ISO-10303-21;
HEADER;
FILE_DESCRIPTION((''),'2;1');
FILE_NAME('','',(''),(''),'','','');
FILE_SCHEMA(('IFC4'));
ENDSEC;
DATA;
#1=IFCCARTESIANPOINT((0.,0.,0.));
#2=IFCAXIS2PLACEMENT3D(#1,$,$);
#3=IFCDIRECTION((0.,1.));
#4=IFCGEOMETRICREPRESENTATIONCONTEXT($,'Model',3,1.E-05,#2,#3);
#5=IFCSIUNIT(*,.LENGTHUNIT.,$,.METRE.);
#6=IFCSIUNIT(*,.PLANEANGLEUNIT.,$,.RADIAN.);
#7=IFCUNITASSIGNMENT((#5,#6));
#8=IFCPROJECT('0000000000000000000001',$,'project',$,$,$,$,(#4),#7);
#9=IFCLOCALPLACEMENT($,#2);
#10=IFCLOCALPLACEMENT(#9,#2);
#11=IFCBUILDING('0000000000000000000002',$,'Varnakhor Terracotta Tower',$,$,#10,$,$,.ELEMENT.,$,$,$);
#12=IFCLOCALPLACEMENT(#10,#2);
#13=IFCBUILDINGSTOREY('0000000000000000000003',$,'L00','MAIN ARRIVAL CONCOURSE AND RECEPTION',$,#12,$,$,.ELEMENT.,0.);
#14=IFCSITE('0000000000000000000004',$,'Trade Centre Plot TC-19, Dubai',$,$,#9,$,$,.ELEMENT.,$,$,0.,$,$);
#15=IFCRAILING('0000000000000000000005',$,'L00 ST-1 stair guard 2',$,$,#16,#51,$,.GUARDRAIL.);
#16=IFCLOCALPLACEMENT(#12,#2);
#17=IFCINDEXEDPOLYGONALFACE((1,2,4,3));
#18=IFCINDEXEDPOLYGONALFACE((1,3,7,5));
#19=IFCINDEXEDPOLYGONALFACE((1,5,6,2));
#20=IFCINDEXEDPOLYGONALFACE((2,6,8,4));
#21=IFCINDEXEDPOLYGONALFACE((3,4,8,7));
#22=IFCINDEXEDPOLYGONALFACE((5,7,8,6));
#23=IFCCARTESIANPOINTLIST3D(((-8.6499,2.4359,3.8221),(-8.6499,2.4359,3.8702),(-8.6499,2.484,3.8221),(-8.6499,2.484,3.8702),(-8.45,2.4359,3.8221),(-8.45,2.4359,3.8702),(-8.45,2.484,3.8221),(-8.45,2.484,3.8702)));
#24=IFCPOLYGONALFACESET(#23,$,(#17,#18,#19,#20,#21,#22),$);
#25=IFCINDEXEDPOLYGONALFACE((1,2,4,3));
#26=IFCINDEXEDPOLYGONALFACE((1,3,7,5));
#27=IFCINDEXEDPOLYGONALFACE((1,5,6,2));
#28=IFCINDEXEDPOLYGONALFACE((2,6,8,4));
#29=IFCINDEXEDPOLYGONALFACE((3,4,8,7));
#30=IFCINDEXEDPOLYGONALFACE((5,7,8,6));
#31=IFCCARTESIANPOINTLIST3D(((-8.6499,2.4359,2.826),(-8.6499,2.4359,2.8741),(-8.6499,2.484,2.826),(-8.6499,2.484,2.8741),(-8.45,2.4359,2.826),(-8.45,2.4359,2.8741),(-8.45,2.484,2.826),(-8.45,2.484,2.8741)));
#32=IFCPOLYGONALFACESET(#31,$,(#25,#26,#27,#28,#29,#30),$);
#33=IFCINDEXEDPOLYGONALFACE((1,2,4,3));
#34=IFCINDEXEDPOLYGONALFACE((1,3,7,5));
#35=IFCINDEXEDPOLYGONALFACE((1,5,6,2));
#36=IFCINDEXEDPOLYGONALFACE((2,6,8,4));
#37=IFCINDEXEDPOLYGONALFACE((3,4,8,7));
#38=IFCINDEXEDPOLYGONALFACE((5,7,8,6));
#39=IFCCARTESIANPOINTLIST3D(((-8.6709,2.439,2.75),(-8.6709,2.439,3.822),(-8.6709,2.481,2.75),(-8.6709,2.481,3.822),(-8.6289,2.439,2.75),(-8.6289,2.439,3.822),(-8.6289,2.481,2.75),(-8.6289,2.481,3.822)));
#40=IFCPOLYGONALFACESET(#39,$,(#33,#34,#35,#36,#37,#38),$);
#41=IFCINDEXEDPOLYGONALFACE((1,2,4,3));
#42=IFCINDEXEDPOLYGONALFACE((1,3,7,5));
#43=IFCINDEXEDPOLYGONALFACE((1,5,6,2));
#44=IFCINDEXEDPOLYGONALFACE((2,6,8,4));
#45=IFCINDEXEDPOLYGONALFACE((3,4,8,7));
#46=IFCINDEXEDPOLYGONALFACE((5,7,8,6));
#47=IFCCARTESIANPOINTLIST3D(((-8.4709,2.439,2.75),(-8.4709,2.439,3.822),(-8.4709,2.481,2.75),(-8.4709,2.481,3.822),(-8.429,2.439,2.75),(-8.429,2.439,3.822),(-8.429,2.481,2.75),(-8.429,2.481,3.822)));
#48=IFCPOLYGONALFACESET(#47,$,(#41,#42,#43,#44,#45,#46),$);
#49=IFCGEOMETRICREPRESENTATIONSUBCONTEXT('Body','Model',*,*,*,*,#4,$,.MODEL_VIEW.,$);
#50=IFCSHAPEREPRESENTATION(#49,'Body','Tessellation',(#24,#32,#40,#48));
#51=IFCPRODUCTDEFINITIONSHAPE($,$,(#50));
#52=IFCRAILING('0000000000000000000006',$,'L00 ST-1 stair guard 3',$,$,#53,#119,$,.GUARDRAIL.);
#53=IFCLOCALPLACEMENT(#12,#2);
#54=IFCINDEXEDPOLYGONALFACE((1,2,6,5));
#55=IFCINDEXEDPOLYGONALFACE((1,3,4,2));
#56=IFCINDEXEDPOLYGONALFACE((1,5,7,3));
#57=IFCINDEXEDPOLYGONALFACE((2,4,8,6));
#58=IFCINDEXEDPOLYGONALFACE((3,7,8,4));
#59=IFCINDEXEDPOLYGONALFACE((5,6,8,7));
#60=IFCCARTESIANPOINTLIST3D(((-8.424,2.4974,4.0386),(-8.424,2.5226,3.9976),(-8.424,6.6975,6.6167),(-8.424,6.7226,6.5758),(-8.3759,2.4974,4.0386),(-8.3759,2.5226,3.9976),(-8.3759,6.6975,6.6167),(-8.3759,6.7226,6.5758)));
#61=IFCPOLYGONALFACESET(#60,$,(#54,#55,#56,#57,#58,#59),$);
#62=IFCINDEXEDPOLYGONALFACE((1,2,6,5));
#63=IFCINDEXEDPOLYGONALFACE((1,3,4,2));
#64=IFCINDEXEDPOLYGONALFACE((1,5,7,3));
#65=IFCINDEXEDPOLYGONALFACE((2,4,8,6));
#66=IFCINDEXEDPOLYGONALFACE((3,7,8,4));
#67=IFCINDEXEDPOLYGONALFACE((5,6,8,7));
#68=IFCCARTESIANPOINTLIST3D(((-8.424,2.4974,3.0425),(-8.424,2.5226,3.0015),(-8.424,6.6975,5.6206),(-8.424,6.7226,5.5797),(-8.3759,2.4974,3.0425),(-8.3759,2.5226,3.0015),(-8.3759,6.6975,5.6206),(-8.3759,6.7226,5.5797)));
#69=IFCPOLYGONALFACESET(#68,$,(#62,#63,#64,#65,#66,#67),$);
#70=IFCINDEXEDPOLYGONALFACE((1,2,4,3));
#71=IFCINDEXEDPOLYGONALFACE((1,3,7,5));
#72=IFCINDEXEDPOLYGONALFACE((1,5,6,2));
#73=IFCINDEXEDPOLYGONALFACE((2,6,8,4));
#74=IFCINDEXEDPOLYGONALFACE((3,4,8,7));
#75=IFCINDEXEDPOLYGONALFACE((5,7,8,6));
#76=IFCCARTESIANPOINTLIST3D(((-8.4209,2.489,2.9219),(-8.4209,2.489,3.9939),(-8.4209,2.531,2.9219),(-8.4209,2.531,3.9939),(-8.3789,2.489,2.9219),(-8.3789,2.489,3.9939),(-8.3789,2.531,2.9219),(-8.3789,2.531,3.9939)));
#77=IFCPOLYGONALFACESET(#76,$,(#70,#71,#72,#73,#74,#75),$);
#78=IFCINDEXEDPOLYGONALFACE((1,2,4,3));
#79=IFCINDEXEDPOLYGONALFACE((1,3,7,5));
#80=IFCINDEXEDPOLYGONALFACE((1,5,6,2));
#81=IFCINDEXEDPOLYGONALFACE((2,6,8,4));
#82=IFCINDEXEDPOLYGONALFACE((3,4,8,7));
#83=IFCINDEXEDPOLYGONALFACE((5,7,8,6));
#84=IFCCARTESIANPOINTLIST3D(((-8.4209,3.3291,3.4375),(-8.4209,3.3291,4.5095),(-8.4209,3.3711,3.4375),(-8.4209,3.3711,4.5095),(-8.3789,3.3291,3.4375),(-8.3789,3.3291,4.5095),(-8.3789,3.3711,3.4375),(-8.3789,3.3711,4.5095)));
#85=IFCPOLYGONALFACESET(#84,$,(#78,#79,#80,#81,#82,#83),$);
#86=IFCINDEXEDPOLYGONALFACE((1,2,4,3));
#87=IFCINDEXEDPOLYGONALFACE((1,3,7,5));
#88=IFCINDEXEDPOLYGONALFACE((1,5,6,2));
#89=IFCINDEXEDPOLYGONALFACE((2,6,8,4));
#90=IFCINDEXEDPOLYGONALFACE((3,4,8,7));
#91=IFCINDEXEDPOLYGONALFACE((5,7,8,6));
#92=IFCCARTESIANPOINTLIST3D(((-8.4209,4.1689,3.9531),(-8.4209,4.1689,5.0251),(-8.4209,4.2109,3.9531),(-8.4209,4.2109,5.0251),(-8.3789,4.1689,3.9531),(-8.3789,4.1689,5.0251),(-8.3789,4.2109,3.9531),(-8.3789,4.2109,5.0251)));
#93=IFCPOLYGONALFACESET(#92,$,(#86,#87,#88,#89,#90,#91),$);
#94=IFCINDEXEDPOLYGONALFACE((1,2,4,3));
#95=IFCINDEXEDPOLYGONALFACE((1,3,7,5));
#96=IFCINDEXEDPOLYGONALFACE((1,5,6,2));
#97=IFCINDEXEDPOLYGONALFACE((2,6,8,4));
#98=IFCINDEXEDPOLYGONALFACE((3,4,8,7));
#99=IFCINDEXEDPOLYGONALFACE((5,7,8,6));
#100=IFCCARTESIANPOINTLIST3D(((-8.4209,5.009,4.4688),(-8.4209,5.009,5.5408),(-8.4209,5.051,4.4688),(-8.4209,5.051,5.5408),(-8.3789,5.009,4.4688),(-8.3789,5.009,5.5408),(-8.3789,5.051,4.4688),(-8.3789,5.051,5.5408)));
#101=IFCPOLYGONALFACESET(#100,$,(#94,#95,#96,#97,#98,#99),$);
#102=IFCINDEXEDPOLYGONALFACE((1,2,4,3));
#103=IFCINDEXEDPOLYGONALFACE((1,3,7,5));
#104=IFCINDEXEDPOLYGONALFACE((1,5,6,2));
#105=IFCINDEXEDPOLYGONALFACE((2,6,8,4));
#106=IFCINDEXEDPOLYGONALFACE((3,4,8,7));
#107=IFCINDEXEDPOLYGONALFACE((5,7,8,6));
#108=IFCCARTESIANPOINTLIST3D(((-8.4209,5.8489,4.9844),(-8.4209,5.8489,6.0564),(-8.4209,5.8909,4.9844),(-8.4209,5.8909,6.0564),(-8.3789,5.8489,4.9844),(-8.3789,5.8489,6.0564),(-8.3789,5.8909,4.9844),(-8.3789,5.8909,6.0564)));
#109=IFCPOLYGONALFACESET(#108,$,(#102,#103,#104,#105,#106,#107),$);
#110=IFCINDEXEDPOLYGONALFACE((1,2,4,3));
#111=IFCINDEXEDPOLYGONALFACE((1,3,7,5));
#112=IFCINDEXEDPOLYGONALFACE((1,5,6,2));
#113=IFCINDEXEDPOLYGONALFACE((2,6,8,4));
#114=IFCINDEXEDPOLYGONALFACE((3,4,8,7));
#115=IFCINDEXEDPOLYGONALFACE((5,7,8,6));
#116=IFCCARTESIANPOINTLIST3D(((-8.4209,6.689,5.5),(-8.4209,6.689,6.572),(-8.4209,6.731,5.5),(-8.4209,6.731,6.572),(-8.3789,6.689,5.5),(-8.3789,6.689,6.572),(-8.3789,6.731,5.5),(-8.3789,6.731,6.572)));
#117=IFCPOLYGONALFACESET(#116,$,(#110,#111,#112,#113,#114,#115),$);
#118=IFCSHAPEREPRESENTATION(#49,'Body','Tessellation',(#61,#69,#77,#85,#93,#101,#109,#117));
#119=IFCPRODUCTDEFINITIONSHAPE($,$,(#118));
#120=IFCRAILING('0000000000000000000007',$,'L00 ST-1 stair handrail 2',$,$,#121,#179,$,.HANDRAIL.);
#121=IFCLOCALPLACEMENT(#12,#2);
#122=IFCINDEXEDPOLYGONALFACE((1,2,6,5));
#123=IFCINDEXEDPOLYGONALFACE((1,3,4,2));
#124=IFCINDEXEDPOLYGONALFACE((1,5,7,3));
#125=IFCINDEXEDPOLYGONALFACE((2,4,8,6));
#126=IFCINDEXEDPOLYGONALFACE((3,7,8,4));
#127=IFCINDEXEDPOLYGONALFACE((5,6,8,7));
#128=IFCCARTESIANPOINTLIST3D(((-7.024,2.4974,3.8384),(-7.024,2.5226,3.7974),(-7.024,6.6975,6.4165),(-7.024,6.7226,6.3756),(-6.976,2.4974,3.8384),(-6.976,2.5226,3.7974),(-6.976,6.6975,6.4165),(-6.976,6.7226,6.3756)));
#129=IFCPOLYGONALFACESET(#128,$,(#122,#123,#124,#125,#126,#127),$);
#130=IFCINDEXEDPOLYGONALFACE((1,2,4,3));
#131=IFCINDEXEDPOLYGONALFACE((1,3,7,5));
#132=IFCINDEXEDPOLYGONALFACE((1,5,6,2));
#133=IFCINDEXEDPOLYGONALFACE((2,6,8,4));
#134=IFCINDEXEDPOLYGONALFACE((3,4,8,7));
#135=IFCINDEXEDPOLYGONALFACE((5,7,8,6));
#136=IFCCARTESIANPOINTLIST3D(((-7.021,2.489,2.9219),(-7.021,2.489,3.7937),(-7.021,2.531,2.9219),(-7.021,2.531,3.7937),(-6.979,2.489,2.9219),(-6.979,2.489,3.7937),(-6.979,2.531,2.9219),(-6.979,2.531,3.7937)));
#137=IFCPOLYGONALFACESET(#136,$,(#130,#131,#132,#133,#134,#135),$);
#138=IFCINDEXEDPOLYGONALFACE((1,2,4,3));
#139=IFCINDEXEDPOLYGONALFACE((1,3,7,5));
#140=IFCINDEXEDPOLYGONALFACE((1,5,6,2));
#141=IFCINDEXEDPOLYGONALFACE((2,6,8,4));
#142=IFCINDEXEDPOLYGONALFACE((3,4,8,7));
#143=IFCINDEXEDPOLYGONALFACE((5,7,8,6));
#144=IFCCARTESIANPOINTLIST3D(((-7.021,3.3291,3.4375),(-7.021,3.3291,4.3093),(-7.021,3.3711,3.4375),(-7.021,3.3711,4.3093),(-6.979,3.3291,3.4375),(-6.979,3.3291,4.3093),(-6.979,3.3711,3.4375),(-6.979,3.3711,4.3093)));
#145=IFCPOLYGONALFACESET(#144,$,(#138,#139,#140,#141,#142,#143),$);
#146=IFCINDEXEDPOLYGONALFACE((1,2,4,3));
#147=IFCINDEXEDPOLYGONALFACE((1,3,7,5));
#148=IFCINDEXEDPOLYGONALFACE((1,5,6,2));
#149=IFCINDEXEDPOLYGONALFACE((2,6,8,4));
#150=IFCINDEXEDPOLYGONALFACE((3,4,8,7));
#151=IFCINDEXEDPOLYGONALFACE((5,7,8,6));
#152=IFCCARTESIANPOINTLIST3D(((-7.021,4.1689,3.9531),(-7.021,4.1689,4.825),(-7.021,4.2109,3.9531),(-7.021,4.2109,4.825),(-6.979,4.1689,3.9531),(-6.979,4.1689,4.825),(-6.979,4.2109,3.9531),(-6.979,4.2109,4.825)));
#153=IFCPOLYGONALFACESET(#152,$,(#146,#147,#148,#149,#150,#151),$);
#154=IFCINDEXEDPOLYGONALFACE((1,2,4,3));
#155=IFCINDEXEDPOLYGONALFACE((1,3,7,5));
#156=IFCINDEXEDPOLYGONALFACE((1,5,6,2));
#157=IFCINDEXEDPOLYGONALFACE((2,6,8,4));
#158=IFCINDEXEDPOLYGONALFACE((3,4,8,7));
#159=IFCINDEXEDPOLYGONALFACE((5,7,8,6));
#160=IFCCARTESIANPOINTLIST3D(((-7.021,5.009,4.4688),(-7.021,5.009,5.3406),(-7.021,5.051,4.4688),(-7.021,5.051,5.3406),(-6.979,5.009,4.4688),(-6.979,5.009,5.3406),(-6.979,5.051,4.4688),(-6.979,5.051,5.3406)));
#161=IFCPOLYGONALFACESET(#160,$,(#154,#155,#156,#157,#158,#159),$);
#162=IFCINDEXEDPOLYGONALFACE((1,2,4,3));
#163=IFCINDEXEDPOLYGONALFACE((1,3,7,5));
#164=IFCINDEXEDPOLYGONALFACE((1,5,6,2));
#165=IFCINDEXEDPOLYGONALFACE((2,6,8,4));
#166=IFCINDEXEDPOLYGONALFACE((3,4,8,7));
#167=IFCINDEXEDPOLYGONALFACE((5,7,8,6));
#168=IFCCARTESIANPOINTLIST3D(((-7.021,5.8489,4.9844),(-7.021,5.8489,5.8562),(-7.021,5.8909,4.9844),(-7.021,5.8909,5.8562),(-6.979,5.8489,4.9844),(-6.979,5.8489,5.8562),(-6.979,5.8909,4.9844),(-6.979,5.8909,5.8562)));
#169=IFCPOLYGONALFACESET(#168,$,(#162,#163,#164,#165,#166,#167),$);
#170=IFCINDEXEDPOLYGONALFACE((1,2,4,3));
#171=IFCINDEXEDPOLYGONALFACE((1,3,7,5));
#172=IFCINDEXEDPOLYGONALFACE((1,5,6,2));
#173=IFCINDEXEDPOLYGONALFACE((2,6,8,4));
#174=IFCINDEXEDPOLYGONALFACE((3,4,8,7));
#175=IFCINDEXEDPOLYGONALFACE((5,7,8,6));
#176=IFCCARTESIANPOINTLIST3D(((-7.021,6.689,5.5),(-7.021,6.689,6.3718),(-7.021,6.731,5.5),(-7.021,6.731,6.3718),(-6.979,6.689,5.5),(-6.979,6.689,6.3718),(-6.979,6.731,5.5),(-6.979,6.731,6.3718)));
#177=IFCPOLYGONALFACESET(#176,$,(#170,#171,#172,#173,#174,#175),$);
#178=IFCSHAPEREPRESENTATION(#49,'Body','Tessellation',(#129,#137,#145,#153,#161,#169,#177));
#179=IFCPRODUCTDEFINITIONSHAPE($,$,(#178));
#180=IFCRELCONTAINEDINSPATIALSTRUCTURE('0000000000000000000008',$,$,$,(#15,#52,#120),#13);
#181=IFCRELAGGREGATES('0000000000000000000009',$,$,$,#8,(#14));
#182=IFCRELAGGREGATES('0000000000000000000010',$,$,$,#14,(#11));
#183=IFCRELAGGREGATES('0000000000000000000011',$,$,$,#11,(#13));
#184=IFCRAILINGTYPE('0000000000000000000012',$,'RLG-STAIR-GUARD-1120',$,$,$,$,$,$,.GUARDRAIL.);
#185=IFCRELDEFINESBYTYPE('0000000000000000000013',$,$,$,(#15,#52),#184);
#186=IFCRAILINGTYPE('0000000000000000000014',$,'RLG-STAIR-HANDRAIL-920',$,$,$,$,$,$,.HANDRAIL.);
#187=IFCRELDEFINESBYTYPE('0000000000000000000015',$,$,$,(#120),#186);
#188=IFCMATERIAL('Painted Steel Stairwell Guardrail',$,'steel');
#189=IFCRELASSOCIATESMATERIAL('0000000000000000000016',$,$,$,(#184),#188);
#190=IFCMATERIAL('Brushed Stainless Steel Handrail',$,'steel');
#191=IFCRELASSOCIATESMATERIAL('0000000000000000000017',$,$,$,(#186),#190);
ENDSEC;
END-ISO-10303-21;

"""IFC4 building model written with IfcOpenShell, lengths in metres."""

from ifc_helpers import new_model, si_unit, direction, frame, origin, origin_2d, place, context, subcontext, project, spatial, rectangle, extrude, material, type_object, element, save


model = new_model("IFC4")

# Units and contexts
model_context = context("Model", 3, precision=1e-05, world=origin(), true_north=direction((0.0, 1.0)))
body_context = subcontext(model_context, "Body", "Model", "MODEL_VIEW")
ifc_project = project(units=[si_unit("LENGTHUNIT", "METRE"), si_unit("PLANEANGLEUNIT", "RADIAN")], contexts=[model_context])

# Site, building, storey
site_placement = place(None, origin())
site = spatial("IfcSite", under=ifc_project, at=site_placement, Name="Trade Centre Plot TC-19, Dubai", CompositionType="ELEMENT", RefElevation=0.0)
building_placement = place(site_placement, origin())
building = spatial("IfcBuilding", under=site, at=building_placement, Name="Varnakhor Terracotta Tower", CompositionType="ELEMENT")
storey_placement = place(building_placement, origin())
storey = spatial("IfcBuildingStorey", under=building, at=storey_placement, Name="L00", Description="MAIN ARRIVAL CONCOURSE AND RECEPTION", CompositionType="ELEMENT", Elevation=0.0)

# Railings
ifc_material_1 = material(Name="Painted Steel Stairwell Guardrail", Category="steel")
railing_type_1 = type_object("IfcRailingType", Name="RLG-STAIR-GUARD-1120", PredefinedType="GUARDRAIL", material=ifc_material_1)
railing_1_placement = place(storey_placement, frame((-8.6499, 2.46, 2.75)))
element("IfcRailing", 1, at=railing_1_placement, inside=storey, type_object=railing_type_1, Name="L00 ST-1 stair guard 2", PredefinedType="GUARDRAIL", context=body_context, shape_type="SweptSolid", body=[
    extrude(rectangle(XDim=0.0481, YDim=0.0481, at=origin_2d()), frame((0.0, 0.0, 1.0962), z_axis=(1.0, 0.0, 0.0), x_axis=(0.0, 1.0, 0.0)), (0.0, 0.0, 1.0), 0.2),
    extrude(rectangle(XDim=0.0481, YDim=0.0481, at=origin_2d()), frame((0.0, 0.0, 0.1001), z_axis=(1.0, 0.0, 0.0), x_axis=(0.0, 1.0, 0.0)), (0.0, 0.0, 1.0), 0.2),
    extrude(rectangle(XDim=0.042, YDim=0.042, at=origin_2d()), origin(), (0.0, 0.0, 1.0), 1.072),
    extrude(rectangle(XDim=0.042, YDim=0.042, at=origin_2d()), frame((0.2, 0.0, 0.0)), (0.0, 0.0, 1.0), 1.072),
])
railing_2_placement = place(storey_placement, frame((-8.3999, 2.51, 2.9219)))
element("IfcRailing", 2, at=railing_2_placement, inside=storey, type_object=railing_type_1, Name="L00 ST-1 stair guard 3", PredefinedType="GUARDRAIL", context=body_context, shape_type="SweptSolid", body=[
    extrude(rectangle(XDim=0.0481, YDim=0.0481, at=origin_2d()), frame((0.0, 0.0, 1.0962), z_axis=(0.0, 0.852243, 0.523146), x_axis=(-1.0, 0.0, 0.0)), (0.0, 0.0, 1.0), 4.9282),
    extrude(rectangle(XDim=0.0481, YDim=0.0481, at=origin_2d()), frame((0.0, 0.0, 0.1001), z_axis=(0.0, 0.852243, 0.523146), x_axis=(-1.0, 0.0, 0.0)), (0.0, 0.0, 1.0), 4.9282),
    extrude(rectangle(XDim=0.042, YDim=0.042, at=origin_2d()), origin(), (0.0, 0.0, 1.0), 1.072),
    extrude(rectangle(XDim=0.042, YDim=0.042, at=origin_2d()), frame((0.0, 0.8401, 0.5156)), (0.0, 0.0, 1.0), 1.072),
    extrude(rectangle(XDim=0.042, YDim=0.042, at=origin_2d()), frame((0.0, 1.6799, 1.0312)), (0.0, 0.0, 1.0), 1.072),
    extrude(rectangle(XDim=0.042, YDim=0.042, at=origin_2d()), frame((0.0, 2.52, 1.5469)), (0.0, 0.0, 1.0), 1.072),
    extrude(rectangle(XDim=0.042, YDim=0.042, at=origin_2d()), frame((0.0, 3.3599, 2.0625)), (0.0, 0.0, 1.0), 1.072),
    extrude(rectangle(XDim=0.042, YDim=0.042, at=origin_2d()), frame((0.0, 4.2, 2.5781)), (0.0, 0.0, 1.0), 1.072),
])
ifc_material_2 = material(Name="Brushed Stainless Steel Handrail", Category="steel")
railing_type_2 = type_object("IfcRailingType", Name="RLG-STAIR-HANDRAIL-920", PredefinedType="HANDRAIL", material=ifc_material_2)
railing_3_placement = place(storey_placement, frame((-7.0, 2.51, 2.9219)))
element("IfcRailing", 3, at=railing_3_placement, inside=storey, type_object=railing_type_2, Name="L00 ST-1 stair handrail 2", PredefinedType="HANDRAIL", context=body_context, shape_type="SweptSolid", body=[
    extrude(rectangle(XDim=0.0481, YDim=0.0481, at=origin_2d()), frame((0.0, 0.0, 0.896), z_axis=(0.0, 0.852243, 0.523146), x_axis=(-1.0, 0.0, 0.0)), (0.0, 0.0, 1.0), 4.9282),
    extrude(rectangle(XDim=0.042, YDim=0.042, at=origin_2d()), origin(), (0.0, 0.0, 1.0), 0.8718),
    extrude(rectangle(XDim=0.042, YDim=0.042, at=origin_2d()), frame((0.0, 0.8401, 0.5156)), (0.0, 0.0, 1.0), 0.8718),
    extrude(rectangle(XDim=0.042, YDim=0.042, at=origin_2d()), frame((0.0, 1.6799, 1.0312)), (0.0, 0.0, 1.0), 0.8718),
    extrude(rectangle(XDim=0.042, YDim=0.042, at=origin_2d()), frame((0.0, 2.52, 1.5469)), (0.0, 0.0, 1.0), 0.8718),
    extrude(rectangle(XDim=0.042, YDim=0.042, at=origin_2d()), frame((0.0, 3.3599, 2.0625)), (0.0, 0.0, 1.0), 0.8718),
    extrude(rectangle(XDim=0.042, YDim=0.042, at=origin_2d()), frame((0.0, 4.2, 2.5781)), (0.0, 0.0, 1.0), 0.8718),
])

save(model, "model.ifc")
